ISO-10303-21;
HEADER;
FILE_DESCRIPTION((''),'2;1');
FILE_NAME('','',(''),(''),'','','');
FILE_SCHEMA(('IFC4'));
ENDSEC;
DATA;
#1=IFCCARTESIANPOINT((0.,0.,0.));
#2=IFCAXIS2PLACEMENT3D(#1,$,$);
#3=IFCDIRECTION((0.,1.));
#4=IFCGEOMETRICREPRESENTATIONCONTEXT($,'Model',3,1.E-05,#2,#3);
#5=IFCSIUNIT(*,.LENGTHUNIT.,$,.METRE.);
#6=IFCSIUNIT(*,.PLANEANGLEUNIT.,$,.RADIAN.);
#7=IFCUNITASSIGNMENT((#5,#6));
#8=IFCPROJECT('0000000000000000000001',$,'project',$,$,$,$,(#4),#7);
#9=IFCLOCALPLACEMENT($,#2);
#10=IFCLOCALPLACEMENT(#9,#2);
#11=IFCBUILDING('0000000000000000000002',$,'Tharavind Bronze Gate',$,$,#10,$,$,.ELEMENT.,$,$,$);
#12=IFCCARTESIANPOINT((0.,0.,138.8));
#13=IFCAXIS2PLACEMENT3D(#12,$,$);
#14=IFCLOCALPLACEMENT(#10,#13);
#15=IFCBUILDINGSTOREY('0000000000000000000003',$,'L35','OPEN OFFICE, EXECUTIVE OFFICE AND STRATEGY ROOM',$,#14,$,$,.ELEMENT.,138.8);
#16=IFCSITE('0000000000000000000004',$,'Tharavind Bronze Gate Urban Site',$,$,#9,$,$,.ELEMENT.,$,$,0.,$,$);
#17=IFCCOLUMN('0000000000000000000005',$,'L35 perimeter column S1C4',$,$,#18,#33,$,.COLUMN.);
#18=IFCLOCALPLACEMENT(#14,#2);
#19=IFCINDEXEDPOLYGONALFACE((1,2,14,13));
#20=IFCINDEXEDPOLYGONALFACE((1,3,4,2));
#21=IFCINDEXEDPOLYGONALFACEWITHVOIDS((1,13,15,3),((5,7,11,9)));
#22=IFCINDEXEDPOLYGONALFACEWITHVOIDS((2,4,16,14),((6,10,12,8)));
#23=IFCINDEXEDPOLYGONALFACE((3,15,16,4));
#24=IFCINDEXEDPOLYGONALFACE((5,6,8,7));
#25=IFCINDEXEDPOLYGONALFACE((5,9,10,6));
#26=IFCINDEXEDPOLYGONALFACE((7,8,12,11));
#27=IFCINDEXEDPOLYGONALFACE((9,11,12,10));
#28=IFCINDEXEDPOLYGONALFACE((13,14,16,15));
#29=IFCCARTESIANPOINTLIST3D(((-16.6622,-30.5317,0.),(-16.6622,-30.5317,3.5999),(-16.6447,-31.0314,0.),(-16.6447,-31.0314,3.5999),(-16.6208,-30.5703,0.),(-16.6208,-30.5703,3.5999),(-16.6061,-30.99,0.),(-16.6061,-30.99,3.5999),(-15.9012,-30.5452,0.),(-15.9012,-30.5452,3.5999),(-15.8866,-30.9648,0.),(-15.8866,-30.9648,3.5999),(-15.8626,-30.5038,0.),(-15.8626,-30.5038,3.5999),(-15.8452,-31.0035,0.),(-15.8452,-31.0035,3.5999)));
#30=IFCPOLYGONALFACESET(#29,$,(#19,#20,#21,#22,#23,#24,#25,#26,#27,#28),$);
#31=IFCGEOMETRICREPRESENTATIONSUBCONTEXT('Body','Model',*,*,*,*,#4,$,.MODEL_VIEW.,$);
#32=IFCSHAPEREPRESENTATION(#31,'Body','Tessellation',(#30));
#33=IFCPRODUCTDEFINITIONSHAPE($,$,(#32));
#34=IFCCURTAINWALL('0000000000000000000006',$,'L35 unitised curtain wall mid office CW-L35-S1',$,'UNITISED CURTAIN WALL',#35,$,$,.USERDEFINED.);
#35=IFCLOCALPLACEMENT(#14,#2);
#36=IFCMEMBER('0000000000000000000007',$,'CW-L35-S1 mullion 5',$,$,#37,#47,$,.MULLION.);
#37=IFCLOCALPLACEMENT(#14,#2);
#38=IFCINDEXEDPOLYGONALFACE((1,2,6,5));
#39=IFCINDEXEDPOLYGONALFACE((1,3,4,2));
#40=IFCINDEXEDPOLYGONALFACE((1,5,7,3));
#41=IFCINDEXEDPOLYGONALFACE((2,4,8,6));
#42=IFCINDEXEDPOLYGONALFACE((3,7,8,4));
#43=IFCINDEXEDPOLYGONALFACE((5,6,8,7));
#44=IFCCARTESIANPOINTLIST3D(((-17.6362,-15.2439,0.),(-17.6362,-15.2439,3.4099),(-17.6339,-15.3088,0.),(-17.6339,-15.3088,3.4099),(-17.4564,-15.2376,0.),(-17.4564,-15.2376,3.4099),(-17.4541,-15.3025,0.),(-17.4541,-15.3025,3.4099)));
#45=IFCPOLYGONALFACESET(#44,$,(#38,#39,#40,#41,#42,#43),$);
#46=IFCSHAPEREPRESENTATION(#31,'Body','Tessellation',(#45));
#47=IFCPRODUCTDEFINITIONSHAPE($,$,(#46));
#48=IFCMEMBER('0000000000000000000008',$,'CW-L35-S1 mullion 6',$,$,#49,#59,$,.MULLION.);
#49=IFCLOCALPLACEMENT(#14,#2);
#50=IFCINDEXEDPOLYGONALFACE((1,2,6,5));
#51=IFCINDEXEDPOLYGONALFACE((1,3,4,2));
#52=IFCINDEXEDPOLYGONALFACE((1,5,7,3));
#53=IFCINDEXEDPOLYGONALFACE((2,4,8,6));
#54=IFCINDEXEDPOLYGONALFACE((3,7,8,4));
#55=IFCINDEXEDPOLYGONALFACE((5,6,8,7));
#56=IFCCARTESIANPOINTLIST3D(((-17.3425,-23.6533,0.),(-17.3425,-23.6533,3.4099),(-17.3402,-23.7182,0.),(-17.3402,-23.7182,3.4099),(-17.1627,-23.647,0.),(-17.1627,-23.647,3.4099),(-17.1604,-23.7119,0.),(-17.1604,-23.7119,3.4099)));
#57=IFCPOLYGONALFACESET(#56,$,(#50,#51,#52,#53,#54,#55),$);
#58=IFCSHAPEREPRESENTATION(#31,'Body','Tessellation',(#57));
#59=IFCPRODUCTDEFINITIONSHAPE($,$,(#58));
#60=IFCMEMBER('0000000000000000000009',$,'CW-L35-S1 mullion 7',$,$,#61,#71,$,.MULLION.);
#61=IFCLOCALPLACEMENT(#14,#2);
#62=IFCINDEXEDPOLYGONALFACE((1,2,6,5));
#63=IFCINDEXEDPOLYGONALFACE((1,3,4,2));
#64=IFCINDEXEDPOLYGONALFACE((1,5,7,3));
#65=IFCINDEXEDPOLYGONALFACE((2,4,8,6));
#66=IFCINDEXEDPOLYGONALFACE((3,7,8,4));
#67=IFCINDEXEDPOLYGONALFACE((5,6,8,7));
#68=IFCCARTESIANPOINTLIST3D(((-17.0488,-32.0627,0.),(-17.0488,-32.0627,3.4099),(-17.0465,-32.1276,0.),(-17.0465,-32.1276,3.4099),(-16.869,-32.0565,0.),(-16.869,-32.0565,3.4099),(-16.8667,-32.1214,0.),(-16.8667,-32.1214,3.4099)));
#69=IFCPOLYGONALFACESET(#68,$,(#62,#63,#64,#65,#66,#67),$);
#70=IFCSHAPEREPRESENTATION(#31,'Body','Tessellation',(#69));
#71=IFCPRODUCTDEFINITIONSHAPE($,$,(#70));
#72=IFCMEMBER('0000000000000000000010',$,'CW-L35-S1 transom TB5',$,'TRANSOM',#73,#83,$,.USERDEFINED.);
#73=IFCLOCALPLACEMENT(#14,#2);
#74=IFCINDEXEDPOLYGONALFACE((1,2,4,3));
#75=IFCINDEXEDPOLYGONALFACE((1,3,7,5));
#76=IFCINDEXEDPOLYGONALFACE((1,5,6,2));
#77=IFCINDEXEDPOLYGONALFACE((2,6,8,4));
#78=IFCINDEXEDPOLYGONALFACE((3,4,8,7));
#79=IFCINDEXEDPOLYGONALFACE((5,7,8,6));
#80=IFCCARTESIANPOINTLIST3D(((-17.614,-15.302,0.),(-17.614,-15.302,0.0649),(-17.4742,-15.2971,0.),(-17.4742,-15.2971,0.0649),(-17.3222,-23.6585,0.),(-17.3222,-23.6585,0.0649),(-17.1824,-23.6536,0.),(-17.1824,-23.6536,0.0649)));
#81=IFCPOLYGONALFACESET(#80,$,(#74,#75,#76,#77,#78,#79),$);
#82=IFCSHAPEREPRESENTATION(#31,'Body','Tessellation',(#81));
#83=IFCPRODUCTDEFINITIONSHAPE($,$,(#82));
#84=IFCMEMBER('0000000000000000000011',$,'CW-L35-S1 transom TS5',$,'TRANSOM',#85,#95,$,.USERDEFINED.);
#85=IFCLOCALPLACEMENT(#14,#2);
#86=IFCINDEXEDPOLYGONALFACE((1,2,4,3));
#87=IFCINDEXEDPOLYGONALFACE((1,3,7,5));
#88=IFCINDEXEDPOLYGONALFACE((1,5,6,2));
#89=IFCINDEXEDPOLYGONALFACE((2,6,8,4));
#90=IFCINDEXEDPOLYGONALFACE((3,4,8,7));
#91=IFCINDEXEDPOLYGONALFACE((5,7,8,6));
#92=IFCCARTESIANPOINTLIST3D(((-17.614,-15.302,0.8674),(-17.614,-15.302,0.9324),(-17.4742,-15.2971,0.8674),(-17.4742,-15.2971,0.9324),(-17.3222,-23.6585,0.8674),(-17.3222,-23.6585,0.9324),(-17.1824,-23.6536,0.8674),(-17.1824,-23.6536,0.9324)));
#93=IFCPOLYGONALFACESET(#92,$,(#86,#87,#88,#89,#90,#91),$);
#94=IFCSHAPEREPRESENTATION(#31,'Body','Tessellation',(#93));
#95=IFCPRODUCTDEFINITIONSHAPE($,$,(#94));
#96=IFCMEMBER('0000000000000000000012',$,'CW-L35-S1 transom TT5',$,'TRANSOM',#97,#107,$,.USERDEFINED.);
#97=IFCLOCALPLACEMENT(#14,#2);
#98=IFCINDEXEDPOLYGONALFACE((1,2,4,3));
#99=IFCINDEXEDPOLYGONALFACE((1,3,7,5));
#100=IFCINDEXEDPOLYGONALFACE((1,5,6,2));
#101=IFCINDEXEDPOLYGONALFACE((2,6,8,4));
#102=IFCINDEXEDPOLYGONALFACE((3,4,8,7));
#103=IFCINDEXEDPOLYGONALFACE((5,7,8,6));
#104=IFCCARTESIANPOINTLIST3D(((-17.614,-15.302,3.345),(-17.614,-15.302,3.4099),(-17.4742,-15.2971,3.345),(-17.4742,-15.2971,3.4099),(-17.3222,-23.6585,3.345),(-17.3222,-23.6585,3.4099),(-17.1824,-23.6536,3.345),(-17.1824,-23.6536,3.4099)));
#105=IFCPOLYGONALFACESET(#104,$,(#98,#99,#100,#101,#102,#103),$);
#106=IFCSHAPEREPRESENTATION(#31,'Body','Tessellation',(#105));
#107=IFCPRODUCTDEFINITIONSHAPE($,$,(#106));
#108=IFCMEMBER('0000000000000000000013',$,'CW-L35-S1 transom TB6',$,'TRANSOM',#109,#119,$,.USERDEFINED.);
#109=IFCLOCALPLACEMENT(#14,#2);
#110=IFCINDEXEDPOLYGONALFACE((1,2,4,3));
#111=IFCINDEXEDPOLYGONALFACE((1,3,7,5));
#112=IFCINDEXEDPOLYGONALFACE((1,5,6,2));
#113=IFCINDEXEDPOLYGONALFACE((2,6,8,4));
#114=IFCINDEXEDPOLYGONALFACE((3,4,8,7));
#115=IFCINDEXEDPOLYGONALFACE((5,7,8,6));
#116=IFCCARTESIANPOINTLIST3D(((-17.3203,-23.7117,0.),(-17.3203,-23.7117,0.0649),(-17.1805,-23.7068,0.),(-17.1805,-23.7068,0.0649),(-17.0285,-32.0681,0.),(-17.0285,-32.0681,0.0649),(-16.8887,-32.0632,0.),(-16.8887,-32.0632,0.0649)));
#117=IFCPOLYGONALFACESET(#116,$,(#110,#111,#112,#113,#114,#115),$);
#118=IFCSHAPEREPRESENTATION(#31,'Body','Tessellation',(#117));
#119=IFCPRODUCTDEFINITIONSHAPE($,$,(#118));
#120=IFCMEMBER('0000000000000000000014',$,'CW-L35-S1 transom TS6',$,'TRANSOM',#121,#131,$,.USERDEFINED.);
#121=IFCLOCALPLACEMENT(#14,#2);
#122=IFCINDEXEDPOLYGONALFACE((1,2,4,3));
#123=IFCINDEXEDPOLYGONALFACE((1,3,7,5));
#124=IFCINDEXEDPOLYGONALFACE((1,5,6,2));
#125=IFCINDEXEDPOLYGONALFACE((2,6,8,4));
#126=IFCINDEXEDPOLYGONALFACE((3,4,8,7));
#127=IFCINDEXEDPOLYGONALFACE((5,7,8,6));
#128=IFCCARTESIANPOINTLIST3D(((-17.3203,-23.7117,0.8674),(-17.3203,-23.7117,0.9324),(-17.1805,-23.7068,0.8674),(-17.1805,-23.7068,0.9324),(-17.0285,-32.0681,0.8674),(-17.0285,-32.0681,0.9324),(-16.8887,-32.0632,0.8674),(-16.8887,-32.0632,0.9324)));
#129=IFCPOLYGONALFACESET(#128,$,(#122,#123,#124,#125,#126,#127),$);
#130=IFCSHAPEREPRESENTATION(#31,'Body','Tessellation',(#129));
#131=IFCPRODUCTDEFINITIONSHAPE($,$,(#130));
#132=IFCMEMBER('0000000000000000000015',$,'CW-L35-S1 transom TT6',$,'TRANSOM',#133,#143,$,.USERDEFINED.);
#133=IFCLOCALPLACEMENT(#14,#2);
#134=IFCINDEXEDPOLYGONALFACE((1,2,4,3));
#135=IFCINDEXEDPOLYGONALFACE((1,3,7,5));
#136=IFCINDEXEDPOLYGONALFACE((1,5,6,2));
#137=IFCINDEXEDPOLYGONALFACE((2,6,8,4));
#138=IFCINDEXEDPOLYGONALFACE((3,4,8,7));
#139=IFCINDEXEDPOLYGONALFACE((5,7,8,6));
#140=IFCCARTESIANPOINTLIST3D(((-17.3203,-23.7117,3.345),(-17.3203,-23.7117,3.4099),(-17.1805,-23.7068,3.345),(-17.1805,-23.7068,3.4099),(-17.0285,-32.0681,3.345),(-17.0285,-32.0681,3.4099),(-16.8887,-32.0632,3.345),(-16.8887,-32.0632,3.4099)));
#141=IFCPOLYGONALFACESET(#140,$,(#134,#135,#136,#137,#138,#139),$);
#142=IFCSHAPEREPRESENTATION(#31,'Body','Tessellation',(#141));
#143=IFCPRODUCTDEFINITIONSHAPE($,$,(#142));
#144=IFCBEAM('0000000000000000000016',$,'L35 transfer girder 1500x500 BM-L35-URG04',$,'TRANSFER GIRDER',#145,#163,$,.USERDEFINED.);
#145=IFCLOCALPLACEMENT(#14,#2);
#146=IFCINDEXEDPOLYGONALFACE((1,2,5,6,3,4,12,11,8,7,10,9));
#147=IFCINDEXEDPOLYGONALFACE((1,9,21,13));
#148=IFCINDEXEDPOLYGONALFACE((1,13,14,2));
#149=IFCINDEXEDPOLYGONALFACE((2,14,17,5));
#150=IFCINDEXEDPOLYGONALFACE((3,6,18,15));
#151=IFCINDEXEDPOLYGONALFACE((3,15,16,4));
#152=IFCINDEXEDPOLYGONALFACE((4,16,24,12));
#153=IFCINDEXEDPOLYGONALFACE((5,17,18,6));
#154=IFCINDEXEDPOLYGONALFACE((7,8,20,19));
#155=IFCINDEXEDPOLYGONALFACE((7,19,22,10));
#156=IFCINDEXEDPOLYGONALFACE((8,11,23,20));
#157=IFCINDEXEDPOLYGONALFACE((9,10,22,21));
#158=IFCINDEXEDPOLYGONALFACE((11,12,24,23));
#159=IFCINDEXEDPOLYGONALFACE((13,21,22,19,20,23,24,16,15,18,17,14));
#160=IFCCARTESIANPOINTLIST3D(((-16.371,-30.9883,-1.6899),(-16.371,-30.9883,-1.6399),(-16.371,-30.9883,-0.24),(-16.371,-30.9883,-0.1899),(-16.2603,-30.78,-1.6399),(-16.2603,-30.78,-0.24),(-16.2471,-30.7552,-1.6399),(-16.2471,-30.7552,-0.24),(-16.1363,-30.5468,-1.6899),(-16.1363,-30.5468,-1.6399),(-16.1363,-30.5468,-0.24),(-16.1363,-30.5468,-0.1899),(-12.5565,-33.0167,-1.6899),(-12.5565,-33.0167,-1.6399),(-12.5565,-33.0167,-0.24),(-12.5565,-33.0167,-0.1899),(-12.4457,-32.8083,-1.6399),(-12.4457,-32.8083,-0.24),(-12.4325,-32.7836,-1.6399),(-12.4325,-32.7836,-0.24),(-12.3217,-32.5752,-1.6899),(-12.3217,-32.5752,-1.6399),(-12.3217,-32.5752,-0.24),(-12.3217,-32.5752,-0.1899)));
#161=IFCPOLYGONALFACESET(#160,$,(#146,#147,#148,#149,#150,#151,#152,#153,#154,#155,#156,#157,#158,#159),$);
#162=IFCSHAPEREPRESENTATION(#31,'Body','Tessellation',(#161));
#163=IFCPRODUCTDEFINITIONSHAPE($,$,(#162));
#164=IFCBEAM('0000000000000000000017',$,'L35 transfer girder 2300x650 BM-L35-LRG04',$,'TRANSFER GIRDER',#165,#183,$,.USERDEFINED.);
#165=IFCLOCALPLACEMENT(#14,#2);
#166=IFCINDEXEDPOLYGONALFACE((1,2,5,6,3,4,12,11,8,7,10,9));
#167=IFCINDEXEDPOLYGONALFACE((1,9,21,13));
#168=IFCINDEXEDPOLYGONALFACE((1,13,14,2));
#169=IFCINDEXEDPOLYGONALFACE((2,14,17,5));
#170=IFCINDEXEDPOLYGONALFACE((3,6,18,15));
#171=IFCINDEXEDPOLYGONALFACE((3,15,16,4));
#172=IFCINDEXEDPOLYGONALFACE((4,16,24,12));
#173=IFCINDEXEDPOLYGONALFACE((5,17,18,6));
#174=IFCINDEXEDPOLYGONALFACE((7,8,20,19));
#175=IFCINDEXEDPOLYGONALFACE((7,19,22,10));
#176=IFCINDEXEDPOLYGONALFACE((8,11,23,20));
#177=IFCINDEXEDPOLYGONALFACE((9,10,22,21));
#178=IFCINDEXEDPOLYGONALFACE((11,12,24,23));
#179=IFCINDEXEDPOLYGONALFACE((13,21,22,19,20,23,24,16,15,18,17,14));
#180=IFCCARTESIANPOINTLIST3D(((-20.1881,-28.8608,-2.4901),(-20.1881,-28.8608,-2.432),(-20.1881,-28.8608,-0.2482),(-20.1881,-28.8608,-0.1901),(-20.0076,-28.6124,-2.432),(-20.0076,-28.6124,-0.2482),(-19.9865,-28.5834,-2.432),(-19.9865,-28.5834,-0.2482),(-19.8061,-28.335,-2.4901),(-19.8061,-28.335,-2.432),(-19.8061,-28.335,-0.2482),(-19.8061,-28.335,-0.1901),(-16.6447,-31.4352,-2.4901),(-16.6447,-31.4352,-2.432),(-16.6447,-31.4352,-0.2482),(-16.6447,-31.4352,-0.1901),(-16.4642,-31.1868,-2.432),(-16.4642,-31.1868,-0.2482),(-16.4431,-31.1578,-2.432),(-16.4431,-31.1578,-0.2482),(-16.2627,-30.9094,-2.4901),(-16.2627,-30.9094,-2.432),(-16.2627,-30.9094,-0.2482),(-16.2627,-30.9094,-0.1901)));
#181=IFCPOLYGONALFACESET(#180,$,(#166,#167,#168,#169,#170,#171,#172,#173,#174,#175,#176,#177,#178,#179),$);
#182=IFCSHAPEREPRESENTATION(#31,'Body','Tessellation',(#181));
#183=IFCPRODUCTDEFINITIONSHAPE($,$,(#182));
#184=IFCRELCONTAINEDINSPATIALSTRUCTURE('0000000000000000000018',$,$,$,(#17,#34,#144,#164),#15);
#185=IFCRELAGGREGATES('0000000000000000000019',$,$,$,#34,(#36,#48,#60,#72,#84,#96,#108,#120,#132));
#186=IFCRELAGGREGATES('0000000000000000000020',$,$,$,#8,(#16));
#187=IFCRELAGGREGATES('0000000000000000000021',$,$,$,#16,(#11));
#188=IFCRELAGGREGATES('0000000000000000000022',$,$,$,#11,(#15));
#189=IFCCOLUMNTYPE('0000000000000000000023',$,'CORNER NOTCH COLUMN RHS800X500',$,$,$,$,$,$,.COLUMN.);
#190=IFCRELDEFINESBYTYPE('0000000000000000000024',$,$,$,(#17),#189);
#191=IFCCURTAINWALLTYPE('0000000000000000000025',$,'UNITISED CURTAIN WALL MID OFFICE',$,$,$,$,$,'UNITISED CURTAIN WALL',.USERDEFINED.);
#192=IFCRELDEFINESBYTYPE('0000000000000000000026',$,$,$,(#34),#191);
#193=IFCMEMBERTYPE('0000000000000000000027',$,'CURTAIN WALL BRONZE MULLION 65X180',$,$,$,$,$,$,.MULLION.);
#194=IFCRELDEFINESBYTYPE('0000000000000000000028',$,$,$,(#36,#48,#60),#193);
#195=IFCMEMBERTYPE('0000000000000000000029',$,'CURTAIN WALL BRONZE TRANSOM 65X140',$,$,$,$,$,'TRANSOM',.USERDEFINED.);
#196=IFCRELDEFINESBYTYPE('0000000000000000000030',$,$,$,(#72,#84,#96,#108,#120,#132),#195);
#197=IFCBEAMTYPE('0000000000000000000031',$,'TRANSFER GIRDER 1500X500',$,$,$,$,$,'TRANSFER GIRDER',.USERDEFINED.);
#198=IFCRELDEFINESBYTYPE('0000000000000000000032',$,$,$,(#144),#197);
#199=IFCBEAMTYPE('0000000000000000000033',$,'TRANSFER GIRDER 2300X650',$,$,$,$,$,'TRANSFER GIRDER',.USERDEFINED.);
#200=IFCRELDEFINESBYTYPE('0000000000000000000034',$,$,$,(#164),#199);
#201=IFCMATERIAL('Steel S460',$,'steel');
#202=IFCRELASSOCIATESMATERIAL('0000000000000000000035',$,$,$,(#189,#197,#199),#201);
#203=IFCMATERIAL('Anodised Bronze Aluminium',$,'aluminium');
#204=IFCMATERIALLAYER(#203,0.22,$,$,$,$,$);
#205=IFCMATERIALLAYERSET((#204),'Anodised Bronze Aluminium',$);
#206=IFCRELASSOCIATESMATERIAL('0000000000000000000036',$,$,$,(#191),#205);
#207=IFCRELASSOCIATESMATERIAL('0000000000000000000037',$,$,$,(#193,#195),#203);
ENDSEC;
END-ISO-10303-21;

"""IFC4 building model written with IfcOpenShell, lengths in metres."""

from ifc_helpers import new_model, si_unit, direction, frame, origin, origin_2d, place, context, subcontext, project, spatial, rectangle, hollow_rectangle, i_section, extrude, material, layer, layer_set, material_profile, profile_set, type_object, element, aggregate, save


model = new_model("IFC4")

# Units and contexts
model_context = context("Model", 3, precision=1e-05, world=origin(), true_north=direction((0.0, 1.0)))
body_context = subcontext(model_context, "Body", "Model", "MODEL_VIEW")
ifc_project = project(units=[si_unit("LENGTHUNIT", "METRE"), si_unit("PLANEANGLEUNIT", "RADIAN")], contexts=[model_context])

# Site, building, storey
site_placement = place(None, origin())
site = spatial("IfcSite", under=ifc_project, at=site_placement, Name="Tharavind Bronze Gate Urban Site", CompositionType="ELEMENT", RefElevation=0.0)
building_placement = place(site_placement, origin())
building = spatial("IfcBuilding", under=site, at=building_placement, Name="Tharavind Bronze Gate", CompositionType="ELEMENT")
storey_placement = place(building_placement, frame((0.0, 0.0, 138.8)))
storey = spatial("IfcBuildingStorey", under=building, at=storey_placement, Name="L35", Description="OPEN OFFICE, EXECUTIVE OFFICE AND STRATEGY ROOM", CompositionType="ELEMENT", Elevation=138.8)

# Column
ifc_material_1 = material(Name="Steel S460", Category="steel")
ifc_material_profile_1 = material_profile(ifc_material_1, hollow_rectangle(XDim=0.5, YDim=0.8, WallThickness=0.04, at=origin_2d()), Name="RHS800X500X40")
ifc_profile_set_1 = profile_set([ifc_material_profile_1], Name="Steel S460")
column_type = type_object("IfcColumnType", Name="CORNER NOTCH COLUMN RHS800X500", PredefinedType="COLUMN", material=ifc_profile_set_1)
column_placement = place(storey_placement, frame((-16.2537, -30.7676, 0.0), z_axis=(0.0, 0.0, 1.0), x_axis=(-0.034899, 0.999391, 0.0)))
element("IfcColumn", 1, at=column_placement, inside=storey, type_object=column_type, Name="L35 perimeter column S1C4", PredefinedType="COLUMN", context=body_context, shape_type="SweptSolid", body=[
    extrude(hollow_rectangle(XDim=0.5, YDim=0.8, WallThickness=0.04, at=origin_2d()), origin(), (0.0, 0.0, 1.0), 3.5999),
])

# Curtain wall, members
ifc_material_2 = material(Name="Anodised Bronze Aluminium", Category="aluminium")
ifc_layer_1 = layer(ifc_material_2, 0.22)
ifc_layer_set_1 = layer_set([ifc_layer_1], Name="Anodised Bronze Aluminium")
curtain_wall_type = type_object("IfcCurtainWallType", Name="UNITISED CURTAIN WALL MID OFFICE", ElementType="UNITISED CURTAIN WALL", PredefinedType="USERDEFINED", material=ifc_layer_set_1)
curtain_wall_placement = place(storey_placement, origin())
curtain_wall = element("IfcCurtainWall", 2, at=curtain_wall_placement, inside=storey, type_object=curtain_wall_type, Name="L35 unitised curtain wall mid office CW-L35-S1", ObjectType="UNITISED CURTAIN WALL", PredefinedType="USERDEFINED")
member_type_1 = type_object("IfcMemberType", Name="CURTAIN WALL BRONZE MULLION 65X180", PredefinedType="MULLION", material=ifc_material_2)
member_1_placement = place(storey_placement, frame((-17.5452, -15.2732, 0.0), z_axis=(0.0, 0.0, 1.0), x_axis=(0.034899, -0.999391, 0.0)))
member_1 = element("IfcMember", 3, at=member_1_placement, type_object=member_type_1, Name="CW-L35-S1 mullion 5", PredefinedType="MULLION", context=body_context, shape_type="SweptSolid", body=[
    extrude(rectangle(XDim=0.0649, YDim=0.1799, at=origin_2d()), origin(), (0.0, 0.0, 1.0), 3.4099),
])
member_2_placement = place(storey_placement, frame((-17.2515, -23.6826, 0.0), z_axis=(0.0, 0.0, 1.0), x_axis=(0.034899, -0.999391, 0.0)))
member_2 = element("IfcMember", 4, at=member_2_placement, type_object=member_type_1, Name="CW-L35-S1 mullion 6", PredefinedType="MULLION", context=body_context, shape_type="SweptSolid", body=[
    extrude(rectangle(XDim=0.0649, YDim=0.1799, at=origin_2d()), origin(), (0.0, 0.0, 1.0), 3.4099),
])
member_3_placement = place(storey_placement, frame((-16.9578, -32.092, 0.0), z_axis=(0.0, 0.0, 1.0), x_axis=(0.034899, -0.999391, 0.0)))
member_3 = element("IfcMember", 5, at=member_3_placement, type_object=member_type_1, Name="CW-L35-S1 mullion 7", PredefinedType="MULLION", context=body_context, shape_type="SweptSolid", body=[
    extrude(rectangle(XDim=0.0649, YDim=0.1799, at=origin_2d()), origin(), (0.0, 0.0, 1.0), 3.4099),
])
member_type_2 = type_object("IfcMemberType", Name="CURTAIN WALL BRONZE TRANSOM 65X140", ElementType="TRANSOM", PredefinedType="USERDEFINED", material=ifc_material_2)
member_4_placement = place(storey_placement, frame((-17.3982, -19.4778, 0.0), z_axis=(0.0, 0.0, 1.0), x_axis=(0.034899, -0.999391, 0.0)))
member_4 = element("IfcMember", 6, at=member_4_placement, type_object=member_type_2, Name="CW-L35-S1 transom TB5", ObjectType="TRANSOM", PredefinedType="USERDEFINED", context=body_context, shape_type="SweptSolid", body=[
    extrude(rectangle(XDim=8.3616, YDim=0.1399, at=origin_2d()), origin(), (0.0, 0.0, 1.0), 0.0649),
])
member_5_placement = place(storey_placement, frame((-17.3982, -19.4778, 0.8674), z_axis=(0.0, 0.0, 1.0), x_axis=(0.034899, -0.999391, 0.0)))
member_5 = element("IfcMember", 7, at=member_5_placement, type_object=member_type_2, Name="CW-L35-S1 transom TS5", ObjectType="TRANSOM", PredefinedType="USERDEFINED", context=body_context, shape_type="SweptSolid", body=[
    extrude(rectangle(XDim=8.3616, YDim=0.1399, at=origin_2d()), origin(), (0.0, 0.0, 1.0), 0.0649),
])
member_6_placement = place(storey_placement, frame((-17.3982, -19.4778, 3.345), z_axis=(0.0, 0.0, 1.0), x_axis=(0.034899, -0.999391, 0.0)))
member_6 = element("IfcMember", 8, at=member_6_placement, type_object=member_type_2, Name="CW-L35-S1 transom TT5", ObjectType="TRANSOM", PredefinedType="USERDEFINED", context=body_context, shape_type="SweptSolid", body=[
    extrude(rectangle(XDim=8.3616, YDim=0.1399, at=origin_2d()), origin(), (0.0, 0.0, 1.0), 0.0649),
])
member_7_placement = place(storey_placement, frame((-17.1045, -27.8875, 0.0), z_axis=(0.0, 0.0, 1.0), x_axis=(0.034899, -0.999391, 0.0)))
member_7 = element("IfcMember", 9, at=member_7_placement, type_object=member_type_2, Name="CW-L35-S1 transom TB6", ObjectType="TRANSOM", PredefinedType="USERDEFINED", context=body_context, shape_type="SweptSolid", body=[
    extrude(rectangle(XDim=8.3616, YDim=0.1399, at=origin_2d()), origin(), (0.0, 0.0, 1.0), 0.0649),
])
member_8_placement = place(storey_placement, frame((-17.1045, -27.8875, 0.8674), z_axis=(0.0, 0.0, 1.0), x_axis=(0.034899, -0.999391, 0.0)))
member_8 = element("IfcMember", 10, at=member_8_placement, type_object=member_type_2, Name="CW-L35-S1 transom TS6", ObjectType="TRANSOM", PredefinedType="USERDEFINED", context=body_context, shape_type="SweptSolid", body=[
    extrude(rectangle(XDim=8.3616, YDim=0.1399, at=origin_2d()), origin(), (0.0, 0.0, 1.0), 0.0649),
])
member_9_placement = place(storey_placement, frame((-17.1045, -27.8875, 3.345), z_axis=(0.0, 0.0, 1.0), x_axis=(0.034899, -0.999391, 0.0)))
member_9 = element("IfcMember", 11, at=member_9_placement, type_object=member_type_2, Name="CW-L35-S1 transom TT6", ObjectType="TRANSOM", PredefinedType="USERDEFINED", context=body_context, shape_type="SweptSolid", body=[
    extrude(rectangle(XDim=8.3616, YDim=0.1399, at=origin_2d()), origin(), (0.0, 0.0, 1.0), 0.0649),
])

# Beams
ifc_material_profile_2 = material_profile(ifc_material_1, i_section(OverallWidth=0.5, OverallDepth=1.5, WebThickness=0.0281, FlangeThickness=0.05, at=origin_2d()), Name="PG1500X500")
ifc_profile_set_2 = profile_set([ifc_material_profile_2], Name="Steel S460")
beam_type_1 = type_object("IfcBeamType", Name="TRANSFER GIRDER 1500X500", ElementType="TRANSFER GIRDER", PredefinedType="USERDEFINED", material=ifc_profile_set_2)
beam_1_placement = place(storey_placement, frame((-16.2537, -30.7676, -0.9399), z_axis=(0.882934, -0.469497, 0.0), x_axis=(0.469497, 0.882934, 0.0)))
element("IfcBeam", 12, at=beam_1_placement, inside=storey, type_object=beam_type_1, Name="L35 transfer girder 1500x500 BM-L35-URG04", ObjectType="TRANSFER GIRDER", PredefinedType="USERDEFINED", context=body_context, shape_type="SweptSolid", body=[
    extrude(i_section(OverallWidth=0.5, OverallDepth=1.5, WebThickness=0.0281, FlangeThickness=0.05, at=origin_2d()), origin(), (0.0, 0.0, 1.0), 4.3203),
])
ifc_material_profile_3 = material_profile(ifc_material_1, i_section(OverallWidth=0.6499, OverallDepth=2.3, WebThickness=0.0359, FlangeThickness=0.0581, at=origin_2d()), Name="PG2300X650")
ifc_profile_set_3 = profile_set([ifc_material_profile_3], Name="Steel S460")
beam_type_2 = type_object("IfcBeamType", Name="TRANSFER GIRDER 2300X650", ElementType="TRANSFER GIRDER", PredefinedType="USERDEFINED", material=ifc_profile_set_3)
beam_2_placement = place(storey_placement, frame((-19.9971, -28.5979, -1.3401), z_axis=(0.809018, -0.587784, 0.0), x_axis=(0.587784, 0.809018, 0.0)))
element("IfcBeam", 13, at=beam_2_placement, inside=storey, type_object=beam_type_2, Name="L35 transfer girder 2300x650 BM-L35-LRG04", ObjectType="TRANSFER GIRDER", PredefinedType="USERDEFINED", context=body_context, shape_type="SweptSolid", body=[
    extrude(i_section(OverallWidth=0.6499, OverallDepth=2.3, WebThickness=0.0359, FlangeThickness=0.0581, at=origin_2d()), origin(), (0.0, 0.0, 1.0), 4.3799),
])

aggregate(curtain_wall, [member_1, member_2, member_3, member_4, member_5, member_6, member_7, member_8, member_9])

save(model, "model.ifc")
